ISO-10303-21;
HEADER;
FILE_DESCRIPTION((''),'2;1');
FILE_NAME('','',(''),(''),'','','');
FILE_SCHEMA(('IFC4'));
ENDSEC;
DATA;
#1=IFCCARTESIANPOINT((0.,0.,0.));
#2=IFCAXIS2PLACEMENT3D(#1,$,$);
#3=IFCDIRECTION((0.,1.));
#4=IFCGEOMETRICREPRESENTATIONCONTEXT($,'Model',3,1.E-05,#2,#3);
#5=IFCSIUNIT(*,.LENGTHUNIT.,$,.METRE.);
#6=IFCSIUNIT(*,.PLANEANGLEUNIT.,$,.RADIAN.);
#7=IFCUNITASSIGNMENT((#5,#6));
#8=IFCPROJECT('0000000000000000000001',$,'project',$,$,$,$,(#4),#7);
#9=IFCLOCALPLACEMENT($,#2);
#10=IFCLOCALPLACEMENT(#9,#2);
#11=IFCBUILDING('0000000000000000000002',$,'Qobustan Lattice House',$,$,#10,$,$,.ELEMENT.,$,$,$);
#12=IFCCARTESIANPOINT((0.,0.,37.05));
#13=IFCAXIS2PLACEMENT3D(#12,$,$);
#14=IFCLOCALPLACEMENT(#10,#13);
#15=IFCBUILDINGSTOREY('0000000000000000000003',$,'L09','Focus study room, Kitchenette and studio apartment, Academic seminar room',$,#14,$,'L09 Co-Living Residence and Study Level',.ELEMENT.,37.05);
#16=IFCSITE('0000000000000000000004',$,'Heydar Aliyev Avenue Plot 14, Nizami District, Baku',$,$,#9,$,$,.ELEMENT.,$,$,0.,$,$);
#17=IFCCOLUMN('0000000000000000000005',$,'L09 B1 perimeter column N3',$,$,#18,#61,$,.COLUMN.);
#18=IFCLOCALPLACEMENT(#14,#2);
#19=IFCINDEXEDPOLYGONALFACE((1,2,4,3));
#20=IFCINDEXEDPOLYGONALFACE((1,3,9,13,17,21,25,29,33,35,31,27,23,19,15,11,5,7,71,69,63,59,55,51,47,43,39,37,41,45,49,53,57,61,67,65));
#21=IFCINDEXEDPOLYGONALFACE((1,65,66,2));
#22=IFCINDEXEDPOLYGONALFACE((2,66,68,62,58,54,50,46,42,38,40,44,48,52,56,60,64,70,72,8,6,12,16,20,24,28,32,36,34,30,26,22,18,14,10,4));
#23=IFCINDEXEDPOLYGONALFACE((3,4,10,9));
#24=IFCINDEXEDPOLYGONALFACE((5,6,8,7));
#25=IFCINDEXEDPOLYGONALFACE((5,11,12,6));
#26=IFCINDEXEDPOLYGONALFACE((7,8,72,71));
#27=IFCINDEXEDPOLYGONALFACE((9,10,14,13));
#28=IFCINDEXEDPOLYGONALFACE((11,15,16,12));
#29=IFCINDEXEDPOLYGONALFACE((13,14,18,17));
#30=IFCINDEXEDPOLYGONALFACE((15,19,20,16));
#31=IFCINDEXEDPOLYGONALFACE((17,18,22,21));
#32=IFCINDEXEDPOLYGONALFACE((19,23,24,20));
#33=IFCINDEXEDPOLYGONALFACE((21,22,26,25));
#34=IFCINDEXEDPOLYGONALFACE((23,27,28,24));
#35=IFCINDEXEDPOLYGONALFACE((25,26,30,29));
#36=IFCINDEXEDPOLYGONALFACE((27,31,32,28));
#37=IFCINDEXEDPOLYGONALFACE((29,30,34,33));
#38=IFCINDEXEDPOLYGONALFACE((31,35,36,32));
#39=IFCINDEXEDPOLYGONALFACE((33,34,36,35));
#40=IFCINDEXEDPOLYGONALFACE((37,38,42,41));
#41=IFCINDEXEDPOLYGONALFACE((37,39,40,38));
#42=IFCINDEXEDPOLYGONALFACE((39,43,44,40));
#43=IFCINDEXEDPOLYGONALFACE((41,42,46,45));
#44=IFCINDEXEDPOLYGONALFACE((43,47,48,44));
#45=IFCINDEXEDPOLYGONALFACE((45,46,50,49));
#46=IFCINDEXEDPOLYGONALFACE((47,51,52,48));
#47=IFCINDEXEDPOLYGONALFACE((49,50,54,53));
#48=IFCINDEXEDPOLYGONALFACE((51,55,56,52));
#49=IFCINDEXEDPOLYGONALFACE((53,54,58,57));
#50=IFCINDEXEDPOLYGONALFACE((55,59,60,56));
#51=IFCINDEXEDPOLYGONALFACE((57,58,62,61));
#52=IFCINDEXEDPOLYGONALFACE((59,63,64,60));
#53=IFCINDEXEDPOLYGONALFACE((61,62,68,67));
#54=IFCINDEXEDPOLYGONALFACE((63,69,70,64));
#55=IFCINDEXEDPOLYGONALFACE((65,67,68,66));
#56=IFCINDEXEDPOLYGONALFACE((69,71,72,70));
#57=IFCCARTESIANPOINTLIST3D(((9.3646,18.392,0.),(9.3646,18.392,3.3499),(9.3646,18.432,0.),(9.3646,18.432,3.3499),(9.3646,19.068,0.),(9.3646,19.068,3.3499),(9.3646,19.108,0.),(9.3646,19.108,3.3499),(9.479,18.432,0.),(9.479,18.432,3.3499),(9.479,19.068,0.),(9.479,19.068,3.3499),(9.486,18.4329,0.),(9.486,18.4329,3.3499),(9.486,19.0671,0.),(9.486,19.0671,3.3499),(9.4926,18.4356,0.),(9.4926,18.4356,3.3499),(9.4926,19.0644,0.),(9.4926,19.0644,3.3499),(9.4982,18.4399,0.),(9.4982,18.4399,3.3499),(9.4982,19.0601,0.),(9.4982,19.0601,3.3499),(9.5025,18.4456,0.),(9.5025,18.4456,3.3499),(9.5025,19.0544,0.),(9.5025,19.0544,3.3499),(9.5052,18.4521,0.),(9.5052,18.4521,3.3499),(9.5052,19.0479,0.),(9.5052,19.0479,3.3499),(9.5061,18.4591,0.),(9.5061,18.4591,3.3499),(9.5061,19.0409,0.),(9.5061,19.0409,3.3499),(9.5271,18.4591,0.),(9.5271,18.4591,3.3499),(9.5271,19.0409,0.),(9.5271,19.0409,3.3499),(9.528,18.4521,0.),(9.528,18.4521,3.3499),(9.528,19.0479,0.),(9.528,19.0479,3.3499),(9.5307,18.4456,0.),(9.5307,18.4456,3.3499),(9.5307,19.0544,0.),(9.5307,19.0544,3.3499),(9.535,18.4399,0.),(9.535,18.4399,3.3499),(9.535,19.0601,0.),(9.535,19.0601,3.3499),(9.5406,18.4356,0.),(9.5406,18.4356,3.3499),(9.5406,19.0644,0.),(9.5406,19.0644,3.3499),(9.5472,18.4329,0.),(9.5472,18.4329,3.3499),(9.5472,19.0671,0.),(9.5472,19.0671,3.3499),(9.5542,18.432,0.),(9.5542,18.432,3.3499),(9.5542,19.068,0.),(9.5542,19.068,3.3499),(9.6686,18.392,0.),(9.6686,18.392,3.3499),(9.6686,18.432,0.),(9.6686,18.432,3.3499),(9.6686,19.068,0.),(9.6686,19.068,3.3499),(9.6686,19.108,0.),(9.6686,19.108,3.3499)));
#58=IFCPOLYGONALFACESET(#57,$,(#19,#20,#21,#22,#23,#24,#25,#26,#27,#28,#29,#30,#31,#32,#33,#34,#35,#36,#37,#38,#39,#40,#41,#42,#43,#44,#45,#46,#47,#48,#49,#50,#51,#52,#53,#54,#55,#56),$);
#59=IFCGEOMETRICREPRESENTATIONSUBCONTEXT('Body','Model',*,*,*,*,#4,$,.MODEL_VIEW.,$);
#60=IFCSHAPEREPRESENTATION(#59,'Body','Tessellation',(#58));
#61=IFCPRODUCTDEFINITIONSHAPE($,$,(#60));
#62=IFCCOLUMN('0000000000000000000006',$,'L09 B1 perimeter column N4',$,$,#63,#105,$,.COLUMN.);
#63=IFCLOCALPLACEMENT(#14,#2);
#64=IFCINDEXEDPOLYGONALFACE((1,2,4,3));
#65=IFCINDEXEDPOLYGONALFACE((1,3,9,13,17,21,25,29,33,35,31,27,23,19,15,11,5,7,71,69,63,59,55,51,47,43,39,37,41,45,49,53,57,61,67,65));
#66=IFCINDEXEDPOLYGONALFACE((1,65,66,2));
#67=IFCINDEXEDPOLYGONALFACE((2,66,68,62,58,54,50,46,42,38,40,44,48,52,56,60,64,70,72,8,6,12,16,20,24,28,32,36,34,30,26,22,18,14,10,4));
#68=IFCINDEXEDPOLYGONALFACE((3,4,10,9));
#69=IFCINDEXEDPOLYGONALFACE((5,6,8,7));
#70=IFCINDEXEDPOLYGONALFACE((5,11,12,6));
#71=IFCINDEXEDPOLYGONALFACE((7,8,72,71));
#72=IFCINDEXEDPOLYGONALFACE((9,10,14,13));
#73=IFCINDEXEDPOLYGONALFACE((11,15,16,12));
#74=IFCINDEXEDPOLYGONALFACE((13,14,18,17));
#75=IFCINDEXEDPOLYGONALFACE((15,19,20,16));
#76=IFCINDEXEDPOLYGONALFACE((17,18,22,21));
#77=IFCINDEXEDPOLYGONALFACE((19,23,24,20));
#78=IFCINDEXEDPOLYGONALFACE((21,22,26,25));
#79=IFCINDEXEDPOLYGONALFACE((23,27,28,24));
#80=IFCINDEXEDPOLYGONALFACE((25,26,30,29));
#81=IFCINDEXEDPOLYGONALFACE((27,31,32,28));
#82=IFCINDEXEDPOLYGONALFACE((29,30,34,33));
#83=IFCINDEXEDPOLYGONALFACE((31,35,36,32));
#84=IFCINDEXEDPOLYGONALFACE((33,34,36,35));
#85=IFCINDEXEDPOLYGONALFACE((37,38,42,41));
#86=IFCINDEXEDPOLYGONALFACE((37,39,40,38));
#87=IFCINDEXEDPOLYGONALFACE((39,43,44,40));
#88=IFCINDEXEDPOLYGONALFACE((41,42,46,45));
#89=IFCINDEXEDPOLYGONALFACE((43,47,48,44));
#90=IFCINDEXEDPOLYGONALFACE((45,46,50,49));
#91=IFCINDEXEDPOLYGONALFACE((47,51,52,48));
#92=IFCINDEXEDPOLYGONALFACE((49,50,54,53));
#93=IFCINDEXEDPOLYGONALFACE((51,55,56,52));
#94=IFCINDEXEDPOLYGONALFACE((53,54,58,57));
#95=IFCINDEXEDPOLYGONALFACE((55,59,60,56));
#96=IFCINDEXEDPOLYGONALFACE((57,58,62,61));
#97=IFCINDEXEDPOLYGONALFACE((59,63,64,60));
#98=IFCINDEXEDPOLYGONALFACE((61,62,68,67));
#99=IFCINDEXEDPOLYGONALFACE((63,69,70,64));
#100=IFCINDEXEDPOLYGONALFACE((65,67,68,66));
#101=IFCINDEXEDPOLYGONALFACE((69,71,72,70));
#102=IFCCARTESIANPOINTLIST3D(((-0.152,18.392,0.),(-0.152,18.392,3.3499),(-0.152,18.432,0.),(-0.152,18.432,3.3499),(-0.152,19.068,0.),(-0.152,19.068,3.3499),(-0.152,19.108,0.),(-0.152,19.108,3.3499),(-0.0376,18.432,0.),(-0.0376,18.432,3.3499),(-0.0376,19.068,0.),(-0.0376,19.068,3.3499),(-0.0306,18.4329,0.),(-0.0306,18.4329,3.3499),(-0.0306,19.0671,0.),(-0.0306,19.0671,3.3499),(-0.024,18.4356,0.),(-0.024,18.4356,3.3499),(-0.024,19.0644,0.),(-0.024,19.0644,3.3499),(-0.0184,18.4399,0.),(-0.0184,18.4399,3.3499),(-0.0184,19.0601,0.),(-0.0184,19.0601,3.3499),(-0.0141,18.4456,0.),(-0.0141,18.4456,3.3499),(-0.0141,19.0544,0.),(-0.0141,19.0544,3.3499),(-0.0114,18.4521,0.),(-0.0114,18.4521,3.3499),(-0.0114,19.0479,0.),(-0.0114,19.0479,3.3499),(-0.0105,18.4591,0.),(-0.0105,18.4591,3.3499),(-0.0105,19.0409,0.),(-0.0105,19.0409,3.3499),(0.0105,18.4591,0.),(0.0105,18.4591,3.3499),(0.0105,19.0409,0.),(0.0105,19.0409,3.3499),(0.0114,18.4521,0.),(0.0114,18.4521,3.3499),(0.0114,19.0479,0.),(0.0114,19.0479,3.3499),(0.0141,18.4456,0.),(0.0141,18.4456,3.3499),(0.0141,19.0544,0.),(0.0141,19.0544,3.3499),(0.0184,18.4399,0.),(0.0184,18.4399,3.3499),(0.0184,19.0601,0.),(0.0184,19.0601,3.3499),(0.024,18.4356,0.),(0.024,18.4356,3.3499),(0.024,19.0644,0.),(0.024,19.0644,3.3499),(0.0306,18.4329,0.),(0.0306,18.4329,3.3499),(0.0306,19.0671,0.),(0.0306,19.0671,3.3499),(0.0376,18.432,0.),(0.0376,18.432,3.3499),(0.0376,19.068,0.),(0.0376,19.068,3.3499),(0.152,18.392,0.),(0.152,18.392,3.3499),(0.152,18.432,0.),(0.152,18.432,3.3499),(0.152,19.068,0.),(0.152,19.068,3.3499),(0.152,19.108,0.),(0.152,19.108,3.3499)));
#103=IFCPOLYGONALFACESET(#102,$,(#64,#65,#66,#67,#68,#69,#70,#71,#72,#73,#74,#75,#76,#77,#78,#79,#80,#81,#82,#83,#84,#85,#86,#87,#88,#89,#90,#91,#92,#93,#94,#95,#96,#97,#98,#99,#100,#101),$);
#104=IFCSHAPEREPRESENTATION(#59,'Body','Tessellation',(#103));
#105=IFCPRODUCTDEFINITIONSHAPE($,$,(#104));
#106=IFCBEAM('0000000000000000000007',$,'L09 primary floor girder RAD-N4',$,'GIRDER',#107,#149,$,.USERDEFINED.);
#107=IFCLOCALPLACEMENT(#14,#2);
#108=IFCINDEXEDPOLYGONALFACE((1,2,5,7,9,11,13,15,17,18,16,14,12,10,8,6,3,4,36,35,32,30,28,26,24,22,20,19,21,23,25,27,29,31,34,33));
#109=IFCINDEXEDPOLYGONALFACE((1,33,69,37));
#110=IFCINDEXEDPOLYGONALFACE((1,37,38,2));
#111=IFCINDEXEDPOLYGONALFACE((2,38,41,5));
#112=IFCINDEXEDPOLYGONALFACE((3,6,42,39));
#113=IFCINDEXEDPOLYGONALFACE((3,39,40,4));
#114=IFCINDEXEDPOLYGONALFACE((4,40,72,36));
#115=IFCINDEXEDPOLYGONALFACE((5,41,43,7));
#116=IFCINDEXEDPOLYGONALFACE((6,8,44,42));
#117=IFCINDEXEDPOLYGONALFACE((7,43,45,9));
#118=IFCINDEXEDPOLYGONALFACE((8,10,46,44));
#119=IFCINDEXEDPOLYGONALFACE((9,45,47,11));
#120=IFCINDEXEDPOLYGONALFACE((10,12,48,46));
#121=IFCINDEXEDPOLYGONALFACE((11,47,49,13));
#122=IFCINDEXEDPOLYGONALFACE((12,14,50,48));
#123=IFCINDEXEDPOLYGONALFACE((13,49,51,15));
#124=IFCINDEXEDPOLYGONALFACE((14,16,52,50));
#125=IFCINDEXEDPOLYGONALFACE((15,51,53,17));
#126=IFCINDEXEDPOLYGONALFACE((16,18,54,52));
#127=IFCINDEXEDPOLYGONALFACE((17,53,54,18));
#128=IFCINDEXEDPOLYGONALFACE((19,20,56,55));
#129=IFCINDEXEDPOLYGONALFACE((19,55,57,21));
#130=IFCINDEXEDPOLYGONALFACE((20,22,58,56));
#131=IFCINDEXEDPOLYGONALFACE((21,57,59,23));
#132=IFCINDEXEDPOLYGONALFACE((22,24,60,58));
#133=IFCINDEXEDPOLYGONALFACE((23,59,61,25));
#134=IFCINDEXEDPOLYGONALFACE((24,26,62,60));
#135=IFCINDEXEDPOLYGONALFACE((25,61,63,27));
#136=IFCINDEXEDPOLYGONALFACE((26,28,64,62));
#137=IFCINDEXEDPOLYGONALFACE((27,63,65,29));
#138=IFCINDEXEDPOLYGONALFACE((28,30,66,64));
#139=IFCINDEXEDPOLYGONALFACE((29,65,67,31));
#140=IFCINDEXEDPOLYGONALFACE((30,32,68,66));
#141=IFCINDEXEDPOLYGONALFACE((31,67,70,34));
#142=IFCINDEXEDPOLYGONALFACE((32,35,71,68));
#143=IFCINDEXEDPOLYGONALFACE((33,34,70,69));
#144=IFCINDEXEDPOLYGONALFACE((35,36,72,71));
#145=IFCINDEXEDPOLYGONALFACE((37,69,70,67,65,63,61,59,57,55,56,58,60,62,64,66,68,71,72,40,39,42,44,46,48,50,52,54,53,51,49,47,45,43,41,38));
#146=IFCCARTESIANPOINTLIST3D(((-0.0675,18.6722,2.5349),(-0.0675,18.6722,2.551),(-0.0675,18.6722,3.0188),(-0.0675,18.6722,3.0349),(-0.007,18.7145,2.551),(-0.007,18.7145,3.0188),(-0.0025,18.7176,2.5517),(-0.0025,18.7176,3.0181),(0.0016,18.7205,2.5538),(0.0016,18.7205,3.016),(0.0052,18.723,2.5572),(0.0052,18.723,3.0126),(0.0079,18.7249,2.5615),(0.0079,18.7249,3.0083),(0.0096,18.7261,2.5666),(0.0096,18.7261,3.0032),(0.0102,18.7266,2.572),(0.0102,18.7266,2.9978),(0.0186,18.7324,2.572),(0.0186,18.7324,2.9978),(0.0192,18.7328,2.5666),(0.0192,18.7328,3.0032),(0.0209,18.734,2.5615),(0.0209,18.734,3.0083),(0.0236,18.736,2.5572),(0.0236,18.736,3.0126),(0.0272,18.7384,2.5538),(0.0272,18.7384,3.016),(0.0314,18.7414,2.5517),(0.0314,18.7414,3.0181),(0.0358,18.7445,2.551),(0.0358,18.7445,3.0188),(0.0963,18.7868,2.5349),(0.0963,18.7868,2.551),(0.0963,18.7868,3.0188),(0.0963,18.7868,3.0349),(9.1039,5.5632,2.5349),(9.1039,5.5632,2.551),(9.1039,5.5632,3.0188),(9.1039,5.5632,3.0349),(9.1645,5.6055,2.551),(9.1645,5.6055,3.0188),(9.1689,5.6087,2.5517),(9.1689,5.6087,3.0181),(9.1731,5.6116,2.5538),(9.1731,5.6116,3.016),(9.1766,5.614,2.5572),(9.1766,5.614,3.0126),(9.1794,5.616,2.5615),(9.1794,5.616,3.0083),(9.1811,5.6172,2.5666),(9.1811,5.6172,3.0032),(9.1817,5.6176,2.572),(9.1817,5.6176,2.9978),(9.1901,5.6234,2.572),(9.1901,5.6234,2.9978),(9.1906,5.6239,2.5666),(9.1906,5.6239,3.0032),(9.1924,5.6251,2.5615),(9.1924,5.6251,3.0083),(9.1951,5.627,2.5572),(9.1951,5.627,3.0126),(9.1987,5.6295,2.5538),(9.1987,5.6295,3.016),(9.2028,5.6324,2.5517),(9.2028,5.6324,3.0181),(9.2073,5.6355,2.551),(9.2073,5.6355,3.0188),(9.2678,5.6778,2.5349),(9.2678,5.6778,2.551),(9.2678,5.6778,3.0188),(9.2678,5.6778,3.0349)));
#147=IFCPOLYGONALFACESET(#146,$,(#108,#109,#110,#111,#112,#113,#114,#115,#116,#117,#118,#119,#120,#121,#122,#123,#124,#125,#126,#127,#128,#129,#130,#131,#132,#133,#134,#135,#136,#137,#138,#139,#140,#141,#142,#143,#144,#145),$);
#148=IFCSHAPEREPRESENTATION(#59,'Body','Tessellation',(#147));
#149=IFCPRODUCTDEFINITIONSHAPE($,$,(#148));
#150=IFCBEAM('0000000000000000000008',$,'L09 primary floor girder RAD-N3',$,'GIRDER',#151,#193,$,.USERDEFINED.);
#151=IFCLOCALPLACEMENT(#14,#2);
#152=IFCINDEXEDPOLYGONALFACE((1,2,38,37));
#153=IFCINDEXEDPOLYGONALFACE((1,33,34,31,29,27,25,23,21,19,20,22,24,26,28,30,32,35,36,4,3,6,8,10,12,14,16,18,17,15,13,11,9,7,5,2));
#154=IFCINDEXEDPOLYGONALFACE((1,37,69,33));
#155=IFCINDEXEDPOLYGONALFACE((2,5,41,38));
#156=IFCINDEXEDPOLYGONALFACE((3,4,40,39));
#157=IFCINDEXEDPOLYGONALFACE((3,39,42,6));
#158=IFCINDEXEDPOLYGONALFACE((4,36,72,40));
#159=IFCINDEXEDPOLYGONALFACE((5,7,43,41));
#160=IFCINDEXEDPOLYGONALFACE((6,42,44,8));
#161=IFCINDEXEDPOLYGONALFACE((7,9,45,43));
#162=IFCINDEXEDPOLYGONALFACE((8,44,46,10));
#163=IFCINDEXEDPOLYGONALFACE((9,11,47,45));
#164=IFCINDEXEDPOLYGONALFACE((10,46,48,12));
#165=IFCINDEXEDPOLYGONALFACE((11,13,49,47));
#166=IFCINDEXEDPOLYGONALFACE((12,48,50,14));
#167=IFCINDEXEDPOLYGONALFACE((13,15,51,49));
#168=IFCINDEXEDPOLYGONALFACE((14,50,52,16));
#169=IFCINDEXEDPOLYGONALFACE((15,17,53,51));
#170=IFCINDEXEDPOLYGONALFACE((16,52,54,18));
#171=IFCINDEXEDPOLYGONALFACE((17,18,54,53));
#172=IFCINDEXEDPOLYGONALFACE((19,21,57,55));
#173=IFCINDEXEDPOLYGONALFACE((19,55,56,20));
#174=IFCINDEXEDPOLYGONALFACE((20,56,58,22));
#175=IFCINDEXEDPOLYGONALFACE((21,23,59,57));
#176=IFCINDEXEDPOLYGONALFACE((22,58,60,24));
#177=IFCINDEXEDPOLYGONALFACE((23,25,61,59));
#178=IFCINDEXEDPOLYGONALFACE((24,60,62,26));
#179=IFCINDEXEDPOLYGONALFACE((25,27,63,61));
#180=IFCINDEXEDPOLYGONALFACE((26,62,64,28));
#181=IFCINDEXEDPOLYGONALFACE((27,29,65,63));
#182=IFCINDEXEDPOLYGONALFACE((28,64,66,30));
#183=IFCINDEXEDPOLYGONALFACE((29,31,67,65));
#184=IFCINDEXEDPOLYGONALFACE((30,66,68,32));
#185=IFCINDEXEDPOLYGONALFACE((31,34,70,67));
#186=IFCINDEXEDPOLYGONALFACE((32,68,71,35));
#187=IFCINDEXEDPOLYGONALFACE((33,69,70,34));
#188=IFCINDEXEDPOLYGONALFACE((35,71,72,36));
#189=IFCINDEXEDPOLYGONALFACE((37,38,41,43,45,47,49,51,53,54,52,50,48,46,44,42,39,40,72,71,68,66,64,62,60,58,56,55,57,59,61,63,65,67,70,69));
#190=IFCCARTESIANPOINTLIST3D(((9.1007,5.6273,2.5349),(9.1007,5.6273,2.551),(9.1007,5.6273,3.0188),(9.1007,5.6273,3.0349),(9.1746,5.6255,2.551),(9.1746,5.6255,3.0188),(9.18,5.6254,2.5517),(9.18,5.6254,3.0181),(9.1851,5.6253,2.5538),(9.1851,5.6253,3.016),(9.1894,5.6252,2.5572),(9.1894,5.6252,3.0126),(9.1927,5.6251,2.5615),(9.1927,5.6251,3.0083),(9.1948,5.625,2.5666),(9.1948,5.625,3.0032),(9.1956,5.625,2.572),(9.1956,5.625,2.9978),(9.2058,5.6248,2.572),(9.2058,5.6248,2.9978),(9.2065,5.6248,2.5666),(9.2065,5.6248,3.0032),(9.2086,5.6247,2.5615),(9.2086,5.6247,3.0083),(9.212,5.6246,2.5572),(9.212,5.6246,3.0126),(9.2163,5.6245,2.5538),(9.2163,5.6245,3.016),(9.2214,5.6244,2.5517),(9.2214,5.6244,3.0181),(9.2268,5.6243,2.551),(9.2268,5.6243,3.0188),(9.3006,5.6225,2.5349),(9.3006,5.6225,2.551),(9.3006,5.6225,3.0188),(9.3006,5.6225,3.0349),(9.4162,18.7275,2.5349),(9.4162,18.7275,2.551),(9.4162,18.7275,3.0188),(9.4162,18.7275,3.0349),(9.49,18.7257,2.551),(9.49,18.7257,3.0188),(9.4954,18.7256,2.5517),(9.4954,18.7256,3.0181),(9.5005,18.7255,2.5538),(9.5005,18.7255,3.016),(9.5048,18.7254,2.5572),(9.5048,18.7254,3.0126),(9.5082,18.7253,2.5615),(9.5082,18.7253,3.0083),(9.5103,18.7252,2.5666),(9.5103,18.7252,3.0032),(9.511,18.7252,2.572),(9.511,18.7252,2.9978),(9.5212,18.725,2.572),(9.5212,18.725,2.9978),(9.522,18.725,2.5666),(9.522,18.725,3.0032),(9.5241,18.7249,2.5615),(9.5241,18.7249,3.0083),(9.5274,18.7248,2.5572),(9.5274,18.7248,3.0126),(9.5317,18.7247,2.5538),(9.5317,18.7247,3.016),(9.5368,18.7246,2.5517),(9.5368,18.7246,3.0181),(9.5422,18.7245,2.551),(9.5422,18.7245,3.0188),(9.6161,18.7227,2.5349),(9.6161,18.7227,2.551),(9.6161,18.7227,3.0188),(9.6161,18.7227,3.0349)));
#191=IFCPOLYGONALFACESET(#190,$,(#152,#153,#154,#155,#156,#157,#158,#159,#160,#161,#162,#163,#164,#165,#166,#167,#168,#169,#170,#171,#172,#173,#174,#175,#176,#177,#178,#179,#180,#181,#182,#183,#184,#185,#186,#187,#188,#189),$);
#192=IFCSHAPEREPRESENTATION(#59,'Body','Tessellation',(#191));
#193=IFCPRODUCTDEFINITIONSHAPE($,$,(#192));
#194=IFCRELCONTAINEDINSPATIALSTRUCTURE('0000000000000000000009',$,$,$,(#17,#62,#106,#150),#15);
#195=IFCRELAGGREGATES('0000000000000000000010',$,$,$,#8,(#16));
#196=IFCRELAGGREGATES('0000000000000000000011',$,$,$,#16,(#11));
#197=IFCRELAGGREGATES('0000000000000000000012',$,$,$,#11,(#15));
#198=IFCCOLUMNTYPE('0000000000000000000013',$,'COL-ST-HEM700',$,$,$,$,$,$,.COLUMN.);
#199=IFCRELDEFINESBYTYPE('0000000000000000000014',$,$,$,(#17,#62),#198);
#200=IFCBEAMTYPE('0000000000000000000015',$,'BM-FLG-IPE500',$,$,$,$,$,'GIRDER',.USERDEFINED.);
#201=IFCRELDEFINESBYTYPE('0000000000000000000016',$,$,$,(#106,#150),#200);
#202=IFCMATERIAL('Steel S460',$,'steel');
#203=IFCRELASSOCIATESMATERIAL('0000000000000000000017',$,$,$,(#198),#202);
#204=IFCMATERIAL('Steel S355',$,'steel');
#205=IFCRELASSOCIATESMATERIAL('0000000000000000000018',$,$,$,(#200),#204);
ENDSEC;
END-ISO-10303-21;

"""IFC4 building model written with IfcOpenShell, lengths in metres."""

from ifc_helpers import new_model, si_unit, direction, frame, origin, origin_2d, place, context, subcontext, project, spatial, i_section, extrude, material, material_profile, profile_set, type_object, element, save


model = new_model("IFC4")

# Units and contexts
model_context = context("Model", 3, precision=1e-05, world=origin(), true_north=direction((0.0, 1.0)))
body_context = subcontext(model_context, "Body", "Model", "MODEL_VIEW")
ifc_project = project(units=[si_unit("LENGTHUNIT", "METRE"), si_unit("PLANEANGLEUNIT", "RADIAN")], contexts=[model_context])

# Site, building, storey
site_placement = place(None, origin())
site = spatial("IfcSite", under=ifc_project, at=site_placement, Name="Heydar Aliyev Avenue Plot 14, Nizami District, Baku", CompositionType="ELEMENT", RefElevation=0.0)
building_placement = place(site_placement, origin())
building = spatial("IfcBuilding", under=site, at=building_placement, Name="Qobustan Lattice House", CompositionType="ELEMENT")
storey_placement = place(building_placement, frame((0.0, 0.0, 37.05)))
storey = spatial("IfcBuildingStorey", under=building, at=storey_placement, Name="L09", Description="Focus study room, Kitchenette and studio apartment, Academic seminar room", LongName="L09 Co-Living Residence and Study Level", CompositionType="ELEMENT", Elevation=37.05)

# Columns
ifc_material_1 = material(Name="Steel S460", Category="steel")
ifc_material_profile_1 = material_profile(ifc_material_1, i_section(OverallWidth=0.304, OverallDepth=0.7161, WebThickness=0.021, FlangeThickness=0.04, FilletRadius=0.0271, at=origin_2d()), Name="HEM700")
ifc_profile_set_1 = profile_set([ifc_material_profile_1], Name="Steel S460")
column_type = type_object("IfcColumnType", Name="COL-ST-HEM700", PredefinedType="COLUMN", material=ifc_profile_set_1)
for number, where, z_axis, x_axis, name in (
    (1, (9.5166, 18.75, 0.0), (0.0, 0.0, 1.0), (1.0, 0.0, 0.0), "L09 B1 perimeter column N3"),
    (2, (0.0, 18.75, 0.0), (0.0, 0.0, 1.0), (1.0, 0.0, 0.0), "L09 B1 perimeter column N4"),
):
    element("IfcColumn", number, at=place(storey_placement, frame(where, z_axis=z_axis, x_axis=x_axis)), inside=storey, type_object=column_type, Name=name, PredefinedType="COLUMN", context=body_context, shape_type="SweptSolid", body=[
        extrude(i_section(OverallWidth=0.304, OverallDepth=0.7161, WebThickness=0.021, FlangeThickness=0.04, FilletRadius=0.0271, at=origin_2d()), origin(), (0.0, 0.0, 1.0), 3.3499),
    ])

# Beams
ifc_material_2 = material(Name="Steel S355", Category="steel")
ifc_material_profile_2 = material_profile(ifc_material_2, i_section(OverallWidth=0.2, OverallDepth=0.5, WebThickness=0.0103, FlangeThickness=0.0161, FilletRadius=0.021, at=origin_2d()), Name="IPE500")
ifc_profile_set_2 = profile_set([ifc_material_profile_2], Name="Steel S355")
beam_type_1 = type_object("IfcBeamType", Name="BM-FLG-IPE500", ElementType="GIRDER", PredefinedType="USERDEFINED", material=ifc_profile_set_2)
beam_1_placement = place(storey_placement, frame((0.0144, 18.7295, 2.7849), z_axis=(0.57326, -0.819374, 0.0), x_axis=(0.819374, 0.57326, 0.0)))
element("IfcBeam", 3, at=beam_1_placement, inside=storey, type_object=beam_type_1, Name="L09 primary floor girder RAD-N4", ObjectType="GIRDER", PredefinedType="USERDEFINED", context=body_context, shape_type="SweptSolid", body=[
    extrude(i_section(OverallWidth=0.2, OverallDepth=0.5, WebThickness=0.0103, FlangeThickness=0.0161, FilletRadius=0.021, at=origin_2d()), origin(), (0.0, 0.0, 1.0), 15.9988),
])
beam_2_placement = place(storey_placement, frame((9.5161, 18.7251, 2.7849), z_axis=(-0.024071, -0.99971, 0.0), x_axis=(0.99971, -0.024071, 0.0)))
element("IfcBeam", 4, at=beam_2_placement, inside=storey, type_object=beam_type_1, Name="L09 primary floor girder RAD-N3", ObjectType="GIRDER", PredefinedType="USERDEFINED", context=body_context, shape_type="SweptSolid", body=[
    extrude(i_section(OverallWidth=0.2, OverallDepth=0.5, WebThickness=0.0103, FlangeThickness=0.0161, FilletRadius=0.021, at=origin_2d()), origin(), (0.0, 0.0, 1.0), 13.104),
])

save(model, "model.ifc")
